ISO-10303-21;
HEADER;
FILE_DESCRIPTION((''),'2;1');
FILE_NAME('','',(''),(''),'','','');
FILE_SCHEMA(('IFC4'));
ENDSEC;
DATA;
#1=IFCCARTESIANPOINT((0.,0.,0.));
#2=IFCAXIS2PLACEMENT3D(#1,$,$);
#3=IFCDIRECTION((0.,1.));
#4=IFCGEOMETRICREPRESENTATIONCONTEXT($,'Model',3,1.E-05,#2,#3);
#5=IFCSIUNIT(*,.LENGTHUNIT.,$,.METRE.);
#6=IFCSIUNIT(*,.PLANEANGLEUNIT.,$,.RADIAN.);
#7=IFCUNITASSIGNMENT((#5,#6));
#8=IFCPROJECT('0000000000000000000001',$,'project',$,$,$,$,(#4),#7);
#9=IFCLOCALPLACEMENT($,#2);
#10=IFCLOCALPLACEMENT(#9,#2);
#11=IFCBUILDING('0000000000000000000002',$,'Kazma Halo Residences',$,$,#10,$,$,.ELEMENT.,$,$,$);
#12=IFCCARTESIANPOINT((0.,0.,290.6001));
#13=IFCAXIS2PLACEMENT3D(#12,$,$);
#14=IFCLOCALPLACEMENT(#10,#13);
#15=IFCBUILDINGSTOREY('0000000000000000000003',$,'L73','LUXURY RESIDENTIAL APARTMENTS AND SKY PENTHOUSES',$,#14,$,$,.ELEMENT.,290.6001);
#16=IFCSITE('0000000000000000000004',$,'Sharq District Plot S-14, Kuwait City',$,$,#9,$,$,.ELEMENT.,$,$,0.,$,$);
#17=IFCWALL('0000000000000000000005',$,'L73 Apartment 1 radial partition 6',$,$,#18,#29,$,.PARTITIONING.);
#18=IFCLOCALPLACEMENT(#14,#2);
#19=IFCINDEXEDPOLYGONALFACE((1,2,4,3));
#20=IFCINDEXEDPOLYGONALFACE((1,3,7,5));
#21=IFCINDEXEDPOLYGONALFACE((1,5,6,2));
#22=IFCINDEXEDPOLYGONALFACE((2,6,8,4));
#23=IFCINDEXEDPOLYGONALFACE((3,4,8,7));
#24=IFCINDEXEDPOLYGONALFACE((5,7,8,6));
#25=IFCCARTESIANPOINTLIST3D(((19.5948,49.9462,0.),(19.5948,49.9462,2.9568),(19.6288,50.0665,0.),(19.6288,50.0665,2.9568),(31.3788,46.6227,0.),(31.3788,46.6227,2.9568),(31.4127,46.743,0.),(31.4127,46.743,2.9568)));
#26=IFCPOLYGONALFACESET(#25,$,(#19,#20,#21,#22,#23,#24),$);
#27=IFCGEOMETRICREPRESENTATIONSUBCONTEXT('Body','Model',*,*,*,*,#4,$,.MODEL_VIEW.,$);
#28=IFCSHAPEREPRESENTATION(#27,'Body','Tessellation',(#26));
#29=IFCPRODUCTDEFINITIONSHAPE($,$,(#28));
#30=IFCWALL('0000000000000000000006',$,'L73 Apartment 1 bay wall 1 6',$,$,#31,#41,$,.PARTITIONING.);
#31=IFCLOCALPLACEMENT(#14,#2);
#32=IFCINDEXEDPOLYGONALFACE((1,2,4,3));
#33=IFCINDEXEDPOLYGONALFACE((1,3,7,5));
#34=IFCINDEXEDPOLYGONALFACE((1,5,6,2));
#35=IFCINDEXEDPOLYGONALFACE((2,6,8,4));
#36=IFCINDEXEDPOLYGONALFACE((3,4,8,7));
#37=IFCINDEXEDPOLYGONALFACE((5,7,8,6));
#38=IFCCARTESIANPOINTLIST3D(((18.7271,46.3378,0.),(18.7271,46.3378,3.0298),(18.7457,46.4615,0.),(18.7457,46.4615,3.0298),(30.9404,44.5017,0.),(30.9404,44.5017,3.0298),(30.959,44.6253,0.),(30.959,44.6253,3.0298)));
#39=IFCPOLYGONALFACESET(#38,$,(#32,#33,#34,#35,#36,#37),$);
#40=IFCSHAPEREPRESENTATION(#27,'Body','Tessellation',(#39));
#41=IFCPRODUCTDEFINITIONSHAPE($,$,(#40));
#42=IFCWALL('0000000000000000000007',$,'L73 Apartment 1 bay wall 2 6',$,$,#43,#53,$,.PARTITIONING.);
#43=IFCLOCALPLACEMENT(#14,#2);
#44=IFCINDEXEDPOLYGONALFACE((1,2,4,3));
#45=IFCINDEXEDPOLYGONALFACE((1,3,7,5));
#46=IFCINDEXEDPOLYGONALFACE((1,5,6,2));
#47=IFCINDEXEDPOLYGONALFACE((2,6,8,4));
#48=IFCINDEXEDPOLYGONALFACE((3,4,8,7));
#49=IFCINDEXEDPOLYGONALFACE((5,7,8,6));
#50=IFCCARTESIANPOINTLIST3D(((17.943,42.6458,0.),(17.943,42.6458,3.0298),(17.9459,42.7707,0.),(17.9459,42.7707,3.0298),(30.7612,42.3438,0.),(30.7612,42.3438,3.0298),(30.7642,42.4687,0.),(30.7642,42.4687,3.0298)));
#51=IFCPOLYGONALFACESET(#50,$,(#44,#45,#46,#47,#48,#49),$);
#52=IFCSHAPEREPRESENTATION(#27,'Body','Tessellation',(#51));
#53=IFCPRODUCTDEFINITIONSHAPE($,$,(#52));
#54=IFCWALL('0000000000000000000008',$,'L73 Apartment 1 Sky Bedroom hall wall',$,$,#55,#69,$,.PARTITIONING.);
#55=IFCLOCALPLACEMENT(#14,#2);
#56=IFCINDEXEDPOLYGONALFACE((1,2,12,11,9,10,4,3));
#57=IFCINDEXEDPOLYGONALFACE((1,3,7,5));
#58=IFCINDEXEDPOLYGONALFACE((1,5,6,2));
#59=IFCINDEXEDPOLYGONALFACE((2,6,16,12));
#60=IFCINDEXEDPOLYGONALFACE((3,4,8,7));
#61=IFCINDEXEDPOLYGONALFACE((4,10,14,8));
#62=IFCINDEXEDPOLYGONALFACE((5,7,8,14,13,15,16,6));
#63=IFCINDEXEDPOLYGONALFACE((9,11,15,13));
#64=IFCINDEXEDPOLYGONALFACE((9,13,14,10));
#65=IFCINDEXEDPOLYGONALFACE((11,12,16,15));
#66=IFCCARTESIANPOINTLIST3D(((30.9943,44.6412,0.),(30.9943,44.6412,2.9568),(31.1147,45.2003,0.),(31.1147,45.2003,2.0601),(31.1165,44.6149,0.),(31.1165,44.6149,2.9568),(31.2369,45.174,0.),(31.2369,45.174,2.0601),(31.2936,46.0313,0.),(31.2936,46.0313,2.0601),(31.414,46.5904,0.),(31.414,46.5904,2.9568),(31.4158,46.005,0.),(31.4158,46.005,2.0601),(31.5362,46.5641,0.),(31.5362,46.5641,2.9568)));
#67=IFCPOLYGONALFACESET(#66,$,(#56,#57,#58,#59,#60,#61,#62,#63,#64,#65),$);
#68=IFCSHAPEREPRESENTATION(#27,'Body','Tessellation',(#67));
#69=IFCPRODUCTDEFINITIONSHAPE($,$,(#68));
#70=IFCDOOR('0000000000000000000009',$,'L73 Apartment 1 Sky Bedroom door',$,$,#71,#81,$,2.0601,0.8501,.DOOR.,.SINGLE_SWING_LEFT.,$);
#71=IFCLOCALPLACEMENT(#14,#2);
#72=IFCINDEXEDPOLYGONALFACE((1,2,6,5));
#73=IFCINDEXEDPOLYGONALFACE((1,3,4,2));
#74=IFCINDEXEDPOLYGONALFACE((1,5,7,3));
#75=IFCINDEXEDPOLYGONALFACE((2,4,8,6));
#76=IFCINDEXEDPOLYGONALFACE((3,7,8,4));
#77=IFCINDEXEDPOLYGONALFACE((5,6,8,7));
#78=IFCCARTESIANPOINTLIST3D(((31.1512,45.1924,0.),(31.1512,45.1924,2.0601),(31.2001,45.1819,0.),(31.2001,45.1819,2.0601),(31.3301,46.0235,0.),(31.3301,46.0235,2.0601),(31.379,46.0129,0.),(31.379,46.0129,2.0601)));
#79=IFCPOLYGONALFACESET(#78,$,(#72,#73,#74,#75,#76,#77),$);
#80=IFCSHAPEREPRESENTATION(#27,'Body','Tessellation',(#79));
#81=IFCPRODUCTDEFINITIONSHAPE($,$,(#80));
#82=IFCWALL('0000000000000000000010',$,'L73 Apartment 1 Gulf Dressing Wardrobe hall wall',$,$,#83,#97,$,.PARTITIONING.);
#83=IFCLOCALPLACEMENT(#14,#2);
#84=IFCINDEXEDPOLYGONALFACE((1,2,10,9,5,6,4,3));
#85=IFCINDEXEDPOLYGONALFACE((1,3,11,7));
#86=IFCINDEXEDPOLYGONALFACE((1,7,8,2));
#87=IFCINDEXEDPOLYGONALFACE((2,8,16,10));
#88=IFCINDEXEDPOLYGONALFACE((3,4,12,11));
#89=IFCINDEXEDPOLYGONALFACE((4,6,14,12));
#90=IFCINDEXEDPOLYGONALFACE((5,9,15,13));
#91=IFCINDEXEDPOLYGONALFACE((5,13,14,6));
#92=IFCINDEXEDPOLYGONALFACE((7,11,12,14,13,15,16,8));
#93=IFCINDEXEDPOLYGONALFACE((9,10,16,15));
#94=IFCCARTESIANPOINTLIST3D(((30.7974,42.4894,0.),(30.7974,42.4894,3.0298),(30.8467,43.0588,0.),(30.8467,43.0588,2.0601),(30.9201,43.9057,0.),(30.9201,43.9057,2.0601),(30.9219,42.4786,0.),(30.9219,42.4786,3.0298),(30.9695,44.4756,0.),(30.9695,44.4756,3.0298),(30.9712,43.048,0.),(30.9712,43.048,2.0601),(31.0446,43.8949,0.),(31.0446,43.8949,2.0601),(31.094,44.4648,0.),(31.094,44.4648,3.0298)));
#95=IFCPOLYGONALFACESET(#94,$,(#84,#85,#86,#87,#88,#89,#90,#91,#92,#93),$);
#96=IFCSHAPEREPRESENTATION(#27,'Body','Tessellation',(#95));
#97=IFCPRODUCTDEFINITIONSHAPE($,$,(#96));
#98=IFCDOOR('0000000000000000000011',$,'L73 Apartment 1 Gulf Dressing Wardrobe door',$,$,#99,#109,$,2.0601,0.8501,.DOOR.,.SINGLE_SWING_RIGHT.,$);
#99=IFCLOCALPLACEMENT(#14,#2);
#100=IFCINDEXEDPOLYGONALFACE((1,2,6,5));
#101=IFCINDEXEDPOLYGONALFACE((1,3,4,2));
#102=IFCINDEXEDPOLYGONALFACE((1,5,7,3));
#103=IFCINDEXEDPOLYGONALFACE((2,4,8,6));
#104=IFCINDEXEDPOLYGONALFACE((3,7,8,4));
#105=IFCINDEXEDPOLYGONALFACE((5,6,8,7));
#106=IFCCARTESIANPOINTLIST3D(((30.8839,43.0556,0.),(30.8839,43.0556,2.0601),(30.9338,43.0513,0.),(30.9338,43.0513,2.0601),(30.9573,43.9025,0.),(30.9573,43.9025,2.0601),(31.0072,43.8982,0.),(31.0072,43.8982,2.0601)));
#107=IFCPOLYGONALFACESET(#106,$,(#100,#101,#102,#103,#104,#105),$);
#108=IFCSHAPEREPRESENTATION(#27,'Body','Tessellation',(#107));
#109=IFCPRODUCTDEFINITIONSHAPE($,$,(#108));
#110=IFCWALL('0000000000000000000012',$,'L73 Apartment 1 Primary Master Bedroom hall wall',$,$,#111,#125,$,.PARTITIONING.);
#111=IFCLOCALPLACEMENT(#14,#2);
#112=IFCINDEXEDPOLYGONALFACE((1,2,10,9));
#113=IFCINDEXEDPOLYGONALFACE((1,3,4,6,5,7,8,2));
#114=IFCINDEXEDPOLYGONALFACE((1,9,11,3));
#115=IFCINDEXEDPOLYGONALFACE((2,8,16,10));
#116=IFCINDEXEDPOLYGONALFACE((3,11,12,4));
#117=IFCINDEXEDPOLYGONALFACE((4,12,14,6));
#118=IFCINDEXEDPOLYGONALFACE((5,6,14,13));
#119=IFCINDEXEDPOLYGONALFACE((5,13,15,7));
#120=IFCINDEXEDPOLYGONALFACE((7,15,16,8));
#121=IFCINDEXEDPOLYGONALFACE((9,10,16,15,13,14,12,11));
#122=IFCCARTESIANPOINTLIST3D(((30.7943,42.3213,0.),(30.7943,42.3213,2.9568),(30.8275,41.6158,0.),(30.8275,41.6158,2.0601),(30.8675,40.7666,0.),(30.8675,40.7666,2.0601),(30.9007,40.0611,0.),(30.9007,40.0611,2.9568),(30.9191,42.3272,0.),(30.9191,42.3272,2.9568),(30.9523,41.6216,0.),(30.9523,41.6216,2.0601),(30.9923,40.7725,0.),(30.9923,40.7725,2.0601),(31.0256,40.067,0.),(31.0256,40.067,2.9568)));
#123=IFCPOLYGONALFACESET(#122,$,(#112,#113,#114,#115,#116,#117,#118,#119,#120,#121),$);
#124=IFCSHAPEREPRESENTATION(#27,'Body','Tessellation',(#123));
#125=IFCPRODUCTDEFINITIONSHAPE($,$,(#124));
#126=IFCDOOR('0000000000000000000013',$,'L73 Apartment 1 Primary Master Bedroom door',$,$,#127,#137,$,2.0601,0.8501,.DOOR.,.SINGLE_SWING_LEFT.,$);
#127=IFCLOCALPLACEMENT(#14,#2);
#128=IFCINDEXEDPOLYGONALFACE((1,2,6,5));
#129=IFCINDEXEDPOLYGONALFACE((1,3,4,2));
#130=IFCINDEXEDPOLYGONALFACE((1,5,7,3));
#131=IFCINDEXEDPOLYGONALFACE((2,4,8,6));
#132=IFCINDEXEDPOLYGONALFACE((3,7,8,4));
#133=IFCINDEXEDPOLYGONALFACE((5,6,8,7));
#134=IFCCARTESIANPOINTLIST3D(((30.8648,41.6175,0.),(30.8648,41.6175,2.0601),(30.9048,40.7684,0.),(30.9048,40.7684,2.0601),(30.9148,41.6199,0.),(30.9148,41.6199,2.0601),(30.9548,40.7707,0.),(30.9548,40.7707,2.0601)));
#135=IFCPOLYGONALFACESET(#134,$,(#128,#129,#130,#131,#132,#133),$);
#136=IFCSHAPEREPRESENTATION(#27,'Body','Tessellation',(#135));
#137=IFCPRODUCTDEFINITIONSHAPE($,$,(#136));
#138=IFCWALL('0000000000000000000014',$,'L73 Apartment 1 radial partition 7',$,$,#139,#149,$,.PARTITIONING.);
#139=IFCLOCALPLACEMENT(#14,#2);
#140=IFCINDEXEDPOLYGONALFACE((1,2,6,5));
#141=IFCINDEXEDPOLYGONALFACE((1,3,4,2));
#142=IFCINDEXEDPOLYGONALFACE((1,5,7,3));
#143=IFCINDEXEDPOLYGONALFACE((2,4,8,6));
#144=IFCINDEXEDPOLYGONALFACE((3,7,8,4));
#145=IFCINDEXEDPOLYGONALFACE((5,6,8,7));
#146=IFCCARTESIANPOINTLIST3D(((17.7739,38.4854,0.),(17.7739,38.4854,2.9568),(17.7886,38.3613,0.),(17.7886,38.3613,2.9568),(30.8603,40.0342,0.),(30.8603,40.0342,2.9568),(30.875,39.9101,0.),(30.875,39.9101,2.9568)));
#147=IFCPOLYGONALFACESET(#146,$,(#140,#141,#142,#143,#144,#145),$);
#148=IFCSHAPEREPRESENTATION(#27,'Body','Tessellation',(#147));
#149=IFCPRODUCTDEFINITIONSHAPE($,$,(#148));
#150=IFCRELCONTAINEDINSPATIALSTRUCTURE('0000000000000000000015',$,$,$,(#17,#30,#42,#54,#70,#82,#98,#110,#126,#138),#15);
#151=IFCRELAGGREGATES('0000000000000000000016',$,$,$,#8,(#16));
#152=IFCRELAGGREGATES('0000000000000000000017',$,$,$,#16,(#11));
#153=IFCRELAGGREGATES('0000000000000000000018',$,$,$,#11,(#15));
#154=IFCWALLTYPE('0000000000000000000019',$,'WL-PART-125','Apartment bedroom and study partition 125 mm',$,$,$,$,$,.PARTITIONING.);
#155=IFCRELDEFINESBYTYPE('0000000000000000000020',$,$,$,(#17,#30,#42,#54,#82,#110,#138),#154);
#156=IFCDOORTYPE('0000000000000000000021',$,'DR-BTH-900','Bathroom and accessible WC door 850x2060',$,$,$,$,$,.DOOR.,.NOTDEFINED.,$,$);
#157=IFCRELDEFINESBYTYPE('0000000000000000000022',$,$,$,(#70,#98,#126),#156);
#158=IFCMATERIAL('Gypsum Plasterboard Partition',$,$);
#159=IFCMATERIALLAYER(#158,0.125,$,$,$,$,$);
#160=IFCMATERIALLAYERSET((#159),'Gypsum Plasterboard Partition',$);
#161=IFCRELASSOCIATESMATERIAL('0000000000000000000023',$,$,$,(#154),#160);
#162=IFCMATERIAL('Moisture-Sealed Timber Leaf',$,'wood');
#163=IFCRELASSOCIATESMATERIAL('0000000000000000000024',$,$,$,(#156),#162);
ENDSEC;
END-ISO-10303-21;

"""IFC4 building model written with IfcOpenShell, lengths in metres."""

from ifc_helpers import new_model, si_unit, direction, frame, frame_2d, origin, place, context, subcontext, project, spatial, rectangle, extrude, material, layer, layer_set, type_object, element, fill, save


model = new_model("IFC4")

# Units and contexts
model_context = context("Model", 3, precision=1e-05, world=origin(), true_north=direction((0.0, 1.0)))
body_context = subcontext(model_context, "Body", "Model", "MODEL_VIEW")
ifc_project = project(units=[si_unit("LENGTHUNIT", "METRE"), si_unit("PLANEANGLEUNIT", "RADIAN")], contexts=[model_context])

# Site, building, storey
site_placement = place(None, origin())
site = spatial("IfcSite", under=ifc_project, at=site_placement, Name="Sharq District Plot S-14, Kuwait City", CompositionType="ELEMENT", RefElevation=0.0)
building_placement = place(site_placement, origin())
building = spatial("IfcBuilding", under=site, at=building_placement, Name="Kazma Halo Residences", CompositionType="ELEMENT")
storey_placement = place(building_placement, frame((0.0, 0.0, 290.6001)))
storey = spatial("IfcBuildingStorey", under=building, at=storey_placement, Name="L73", Description="LUXURY RESIDENTIAL APARTMENTS AND SKY PENTHOUSES", CompositionType="ELEMENT", Elevation=290.6001)

# Walls
ifc_material_1 = material(Name="Gypsum Plasterboard Partition")
ifc_layer_1 = layer(ifc_material_1, 0.125)
ifc_layer_set_1 = layer_set([ifc_layer_1], Name="Gypsum Plasterboard Partition")
wall_type_1 = type_object("IfcWallType", Name="WL-PART-125", Description="Apartment bedroom and study partition 125 mm", PredefinedType="PARTITIONING", material=ifc_layer_set_1)
wall_1_placement = place(storey_placement, frame((31.3958, 46.6829, 0.0), z_axis=(0.0, 0.0, 1.0), x_axis=(-0.962454, 0.271446, 0.0)))
element("IfcWall", 1, at=wall_1_placement, inside=storey, type_object=wall_type_1, Name="L73 Apartment 1 radial partition 6", PredefinedType="PARTITIONING", context=body_context, shape_type="SweptSolid", body=[
    extrude(rectangle(XDim=12.2437, YDim=0.125, at=frame_2d((6.1218, 0.0))), origin(), (0.0, 0.0, 1.0), 2.9568),
])
wall_2_placement = place(storey_placement, frame((30.9497, 44.5635, 0.0), z_axis=(0.0, 0.0, 1.0), x_axis=(-0.988887, 0.148671, 0.0)))
element("IfcWall", 2, at=wall_2_placement, inside=storey, type_object=wall_type_1, Name="L73 Apartment 1 bay wall 1 6", PredefinedType="PARTITIONING", context=body_context, shape_type="SweptSolid", body=[
    extrude(rectangle(XDim=12.3506, YDim=0.125, at=frame_2d((6.1753, 0.0))), origin(), (0.0, 0.0, 1.0), 3.0298),
])
wall_3_placement = place(storey_placement, frame((30.7627, 42.4062, 0.0), z_axis=(0.0, 0.0, 1.0), x_axis=(-0.999723, 0.023554, 0.0)))
element("IfcWall", 3, at=wall_3_placement, inside=storey, type_object=wall_type_1, Name="L73 Apartment 1 bay wall 2 6", PredefinedType="PARTITIONING", context=body_context, shape_type="SweptSolid", body=[
    extrude(rectangle(XDim=12.8218, YDim=0.125, at=frame_2d((6.4109, 0.0))), origin(), (0.0, 0.0, 1.0), 3.0298),
])

# Walls, openings, doors
wall_4_placement = place(storey_placement, frame((31.4751, 46.5774, 0.0), z_axis=(0.0, 0.0, 1.0), x_axis=(-0.210482, -0.977598, 0.0)))
wall_4 = element("IfcWall", 4, at=wall_4_placement, inside=storey, type_object=wall_type_1, Name="L73 Apartment 1 Sky Bedroom hall wall", PredefinedType="PARTITIONING", context=body_context, shape_type="SweptSolid", body=[
    extrude(rectangle(XDim=1.9939, YDim=0.125, at=frame_2d((0.9971, 0.0))), origin(), (0.0, 0.0, 1.0), 2.9568),
])
opening_1_placement = place(wall_4_placement, frame((0.572, 0.0, 0.0)))
opening_1 = element("IfcOpeningElement", 5, at=opening_1_placement, cuts=wall_4, PredefinedType="OPENING", context=body_context, shape_type="SweptSolid", body=[
    extrude(rectangle(XDim=0.8501, YDim=2.0601, at=frame_2d((0.425, 1.03))), frame((0.0, 0.0725, 0.0), z_axis=(0.0, -1.0, 0.0), x_axis=(1.0, 0.0, 0.0)), (0.0, 0.0, 1.0), 0.145),
])
ifc_material_2 = material(Name="Moisture-Sealed Timber Leaf", Category="wood")
door_type = type_object("IfcDoorType", Name="DR-BTH-900", Description="Bathroom and accessible WC door 850x2060", OperationType="NOTDEFINED", PredefinedType="DOOR", material=ifc_material_2)
door_1_placement = place(opening_1_placement, origin())
door_1 = element("IfcDoor", 6, at=door_1_placement, inside=storey, type_object=door_type, Name="L73 Apartment 1 Sky Bedroom door", OperationType="SINGLE_SWING_LEFT", OverallHeight=2.0601, OverallWidth=0.8501, PredefinedType="DOOR", context=body_context, shape_type="SweptSolid", body=[
    extrude(rectangle(XDim=0.8501, YDim=2.0601, at=frame_2d((0.425, 1.03))), frame((0.0, 0.0249, 0.0), z_axis=(0.0, -1.0, 0.0), x_axis=(1.0, 0.0, 0.0)), (0.0, 0.0, 1.0), 0.05),
])
fill(opening_1, door_1)
wall_5_placement = place(storey_placement, frame((31.0317, 44.4702, 0.0), z_axis=(0.0, 0.0, 1.0), x_axis=(-0.086328, -0.996267, 0.0)))
wall_5 = element("IfcWall", 7, at=wall_5_placement, inside=storey, type_object=wall_type_1, Name="L73 Apartment 1 Gulf Dressing Wardrobe hall wall", PredefinedType="PARTITIONING", context=body_context, shape_type="SweptSolid", body=[
    extrude(rectangle(XDim=1.9937, YDim=0.125, at=frame_2d((0.9968, 0.0))), origin(), (0.0, 0.0, 1.0), 3.0298),
])
opening_2_placement = place(wall_5_placement, frame((0.572, 0.0, 0.0)))
opening_2 = element("IfcOpeningElement", 8, at=opening_2_placement, cuts=wall_5, PredefinedType="OPENING", context=body_context, shape_type="SweptSolid", body=[
    extrude(rectangle(XDim=0.8501, YDim=2.0601, at=frame_2d((0.425, 1.03))), frame((0.0, 0.0725, 0.0), z_axis=(0.0, -1.0, 0.0), x_axis=(1.0, 0.0, 0.0)), (0.0, 0.0, 1.0), 0.145),
])
door_2_placement = place(opening_2_placement, origin())
door_2 = element("IfcDoor", 9, at=door_2_placement, inside=storey, type_object=door_type, Name="L73 Apartment 1 Gulf Dressing Wardrobe door", OperationType="SINGLE_SWING_RIGHT", OverallHeight=2.0601, OverallWidth=0.8501, PredefinedType="DOOR", context=body_context, shape_type="SweptSolid", body=[
    extrude(rectangle(XDim=0.8501, YDim=2.0601, at=frame_2d((0.425, 1.03))), frame((0.0, 0.0249, 0.0), z_axis=(0.0, -1.0, 0.0), x_axis=(1.0, 0.0, 0.0)), (0.0, 0.0, 1.0), 0.05),
])
fill(opening_2, door_2)
wall_6_placement = place(storey_placement, frame((30.8567, 42.3242, 0.0), z_axis=(0.0, 0.0, 1.0), x_axis=(0.047042, -0.998893, 0.0)))
wall_6 = element("IfcWall", 10, at=wall_6_placement, inside=storey, type_object=wall_type_1, Name="L73 Apartment 1 Primary Master Bedroom hall wall", PredefinedType="PARTITIONING", context=body_context, shape_type="SweptSolid", body=[
    extrude(rectangle(XDim=2.2627, YDim=0.125, at=frame_2d((1.1313, 0.0))), origin(), (0.0, 0.0, 1.0), 2.9568),
])
opening_3_placement = place(wall_6_placement, frame((0.7063, 0.0, 0.0)))
opening_3 = element("IfcOpeningElement", 11, at=opening_3_placement, cuts=wall_6, PredefinedType="OPENING", context=body_context, shape_type="SweptSolid", body=[
    extrude(rectangle(XDim=0.8501, YDim=2.0601, at=frame_2d((0.425, 1.03))), frame((0.0, 0.0725, 0.0), z_axis=(0.0, -1.0, 0.0), x_axis=(1.0, 0.0, 0.0)), (0.0, 0.0, 1.0), 0.145),
])
door_3_placement = place(opening_3_placement, origin())
door_3 = element("IfcDoor", 12, at=door_3_placement, inside=storey, type_object=door_type, Name="L73 Apartment 1 Primary Master Bedroom door", OperationType="SINGLE_SWING_LEFT", OverallHeight=2.0601, OverallWidth=0.8501, PredefinedType="DOOR", context=body_context, shape_type="SweptSolid", body=[
    extrude(rectangle(XDim=0.8501, YDim=2.0601, at=frame_2d((0.425, 1.03))), frame((0.0, 0.0249, 0.0), z_axis=(0.0, -1.0, 0.0), x_axis=(1.0, 0.0, 0.0)), (0.0, 0.0, 1.0), 0.05),
])
fill(opening_3, door_3)

# Wall
wall_7_placement = place(storey_placement, frame((30.8677, 39.9722, 0.0), z_axis=(0.0, 0.0, 1.0), x_axis=(-0.993069, -0.117533, 0.0)))
element("IfcWall", 13, at=wall_7_placement, inside=storey, type_object=wall_type_1, Name="L73 Apartment 1 radial partition 7", PredefinedType="PARTITIONING", context=body_context, shape_type="SweptSolid", body=[
    extrude(rectangle(XDim=13.1777, YDim=0.125, at=frame_2d((6.5889, 0.0))), origin(), (0.0, 0.0, 1.0), 2.9568),
])

save(model, "model.ifc")
